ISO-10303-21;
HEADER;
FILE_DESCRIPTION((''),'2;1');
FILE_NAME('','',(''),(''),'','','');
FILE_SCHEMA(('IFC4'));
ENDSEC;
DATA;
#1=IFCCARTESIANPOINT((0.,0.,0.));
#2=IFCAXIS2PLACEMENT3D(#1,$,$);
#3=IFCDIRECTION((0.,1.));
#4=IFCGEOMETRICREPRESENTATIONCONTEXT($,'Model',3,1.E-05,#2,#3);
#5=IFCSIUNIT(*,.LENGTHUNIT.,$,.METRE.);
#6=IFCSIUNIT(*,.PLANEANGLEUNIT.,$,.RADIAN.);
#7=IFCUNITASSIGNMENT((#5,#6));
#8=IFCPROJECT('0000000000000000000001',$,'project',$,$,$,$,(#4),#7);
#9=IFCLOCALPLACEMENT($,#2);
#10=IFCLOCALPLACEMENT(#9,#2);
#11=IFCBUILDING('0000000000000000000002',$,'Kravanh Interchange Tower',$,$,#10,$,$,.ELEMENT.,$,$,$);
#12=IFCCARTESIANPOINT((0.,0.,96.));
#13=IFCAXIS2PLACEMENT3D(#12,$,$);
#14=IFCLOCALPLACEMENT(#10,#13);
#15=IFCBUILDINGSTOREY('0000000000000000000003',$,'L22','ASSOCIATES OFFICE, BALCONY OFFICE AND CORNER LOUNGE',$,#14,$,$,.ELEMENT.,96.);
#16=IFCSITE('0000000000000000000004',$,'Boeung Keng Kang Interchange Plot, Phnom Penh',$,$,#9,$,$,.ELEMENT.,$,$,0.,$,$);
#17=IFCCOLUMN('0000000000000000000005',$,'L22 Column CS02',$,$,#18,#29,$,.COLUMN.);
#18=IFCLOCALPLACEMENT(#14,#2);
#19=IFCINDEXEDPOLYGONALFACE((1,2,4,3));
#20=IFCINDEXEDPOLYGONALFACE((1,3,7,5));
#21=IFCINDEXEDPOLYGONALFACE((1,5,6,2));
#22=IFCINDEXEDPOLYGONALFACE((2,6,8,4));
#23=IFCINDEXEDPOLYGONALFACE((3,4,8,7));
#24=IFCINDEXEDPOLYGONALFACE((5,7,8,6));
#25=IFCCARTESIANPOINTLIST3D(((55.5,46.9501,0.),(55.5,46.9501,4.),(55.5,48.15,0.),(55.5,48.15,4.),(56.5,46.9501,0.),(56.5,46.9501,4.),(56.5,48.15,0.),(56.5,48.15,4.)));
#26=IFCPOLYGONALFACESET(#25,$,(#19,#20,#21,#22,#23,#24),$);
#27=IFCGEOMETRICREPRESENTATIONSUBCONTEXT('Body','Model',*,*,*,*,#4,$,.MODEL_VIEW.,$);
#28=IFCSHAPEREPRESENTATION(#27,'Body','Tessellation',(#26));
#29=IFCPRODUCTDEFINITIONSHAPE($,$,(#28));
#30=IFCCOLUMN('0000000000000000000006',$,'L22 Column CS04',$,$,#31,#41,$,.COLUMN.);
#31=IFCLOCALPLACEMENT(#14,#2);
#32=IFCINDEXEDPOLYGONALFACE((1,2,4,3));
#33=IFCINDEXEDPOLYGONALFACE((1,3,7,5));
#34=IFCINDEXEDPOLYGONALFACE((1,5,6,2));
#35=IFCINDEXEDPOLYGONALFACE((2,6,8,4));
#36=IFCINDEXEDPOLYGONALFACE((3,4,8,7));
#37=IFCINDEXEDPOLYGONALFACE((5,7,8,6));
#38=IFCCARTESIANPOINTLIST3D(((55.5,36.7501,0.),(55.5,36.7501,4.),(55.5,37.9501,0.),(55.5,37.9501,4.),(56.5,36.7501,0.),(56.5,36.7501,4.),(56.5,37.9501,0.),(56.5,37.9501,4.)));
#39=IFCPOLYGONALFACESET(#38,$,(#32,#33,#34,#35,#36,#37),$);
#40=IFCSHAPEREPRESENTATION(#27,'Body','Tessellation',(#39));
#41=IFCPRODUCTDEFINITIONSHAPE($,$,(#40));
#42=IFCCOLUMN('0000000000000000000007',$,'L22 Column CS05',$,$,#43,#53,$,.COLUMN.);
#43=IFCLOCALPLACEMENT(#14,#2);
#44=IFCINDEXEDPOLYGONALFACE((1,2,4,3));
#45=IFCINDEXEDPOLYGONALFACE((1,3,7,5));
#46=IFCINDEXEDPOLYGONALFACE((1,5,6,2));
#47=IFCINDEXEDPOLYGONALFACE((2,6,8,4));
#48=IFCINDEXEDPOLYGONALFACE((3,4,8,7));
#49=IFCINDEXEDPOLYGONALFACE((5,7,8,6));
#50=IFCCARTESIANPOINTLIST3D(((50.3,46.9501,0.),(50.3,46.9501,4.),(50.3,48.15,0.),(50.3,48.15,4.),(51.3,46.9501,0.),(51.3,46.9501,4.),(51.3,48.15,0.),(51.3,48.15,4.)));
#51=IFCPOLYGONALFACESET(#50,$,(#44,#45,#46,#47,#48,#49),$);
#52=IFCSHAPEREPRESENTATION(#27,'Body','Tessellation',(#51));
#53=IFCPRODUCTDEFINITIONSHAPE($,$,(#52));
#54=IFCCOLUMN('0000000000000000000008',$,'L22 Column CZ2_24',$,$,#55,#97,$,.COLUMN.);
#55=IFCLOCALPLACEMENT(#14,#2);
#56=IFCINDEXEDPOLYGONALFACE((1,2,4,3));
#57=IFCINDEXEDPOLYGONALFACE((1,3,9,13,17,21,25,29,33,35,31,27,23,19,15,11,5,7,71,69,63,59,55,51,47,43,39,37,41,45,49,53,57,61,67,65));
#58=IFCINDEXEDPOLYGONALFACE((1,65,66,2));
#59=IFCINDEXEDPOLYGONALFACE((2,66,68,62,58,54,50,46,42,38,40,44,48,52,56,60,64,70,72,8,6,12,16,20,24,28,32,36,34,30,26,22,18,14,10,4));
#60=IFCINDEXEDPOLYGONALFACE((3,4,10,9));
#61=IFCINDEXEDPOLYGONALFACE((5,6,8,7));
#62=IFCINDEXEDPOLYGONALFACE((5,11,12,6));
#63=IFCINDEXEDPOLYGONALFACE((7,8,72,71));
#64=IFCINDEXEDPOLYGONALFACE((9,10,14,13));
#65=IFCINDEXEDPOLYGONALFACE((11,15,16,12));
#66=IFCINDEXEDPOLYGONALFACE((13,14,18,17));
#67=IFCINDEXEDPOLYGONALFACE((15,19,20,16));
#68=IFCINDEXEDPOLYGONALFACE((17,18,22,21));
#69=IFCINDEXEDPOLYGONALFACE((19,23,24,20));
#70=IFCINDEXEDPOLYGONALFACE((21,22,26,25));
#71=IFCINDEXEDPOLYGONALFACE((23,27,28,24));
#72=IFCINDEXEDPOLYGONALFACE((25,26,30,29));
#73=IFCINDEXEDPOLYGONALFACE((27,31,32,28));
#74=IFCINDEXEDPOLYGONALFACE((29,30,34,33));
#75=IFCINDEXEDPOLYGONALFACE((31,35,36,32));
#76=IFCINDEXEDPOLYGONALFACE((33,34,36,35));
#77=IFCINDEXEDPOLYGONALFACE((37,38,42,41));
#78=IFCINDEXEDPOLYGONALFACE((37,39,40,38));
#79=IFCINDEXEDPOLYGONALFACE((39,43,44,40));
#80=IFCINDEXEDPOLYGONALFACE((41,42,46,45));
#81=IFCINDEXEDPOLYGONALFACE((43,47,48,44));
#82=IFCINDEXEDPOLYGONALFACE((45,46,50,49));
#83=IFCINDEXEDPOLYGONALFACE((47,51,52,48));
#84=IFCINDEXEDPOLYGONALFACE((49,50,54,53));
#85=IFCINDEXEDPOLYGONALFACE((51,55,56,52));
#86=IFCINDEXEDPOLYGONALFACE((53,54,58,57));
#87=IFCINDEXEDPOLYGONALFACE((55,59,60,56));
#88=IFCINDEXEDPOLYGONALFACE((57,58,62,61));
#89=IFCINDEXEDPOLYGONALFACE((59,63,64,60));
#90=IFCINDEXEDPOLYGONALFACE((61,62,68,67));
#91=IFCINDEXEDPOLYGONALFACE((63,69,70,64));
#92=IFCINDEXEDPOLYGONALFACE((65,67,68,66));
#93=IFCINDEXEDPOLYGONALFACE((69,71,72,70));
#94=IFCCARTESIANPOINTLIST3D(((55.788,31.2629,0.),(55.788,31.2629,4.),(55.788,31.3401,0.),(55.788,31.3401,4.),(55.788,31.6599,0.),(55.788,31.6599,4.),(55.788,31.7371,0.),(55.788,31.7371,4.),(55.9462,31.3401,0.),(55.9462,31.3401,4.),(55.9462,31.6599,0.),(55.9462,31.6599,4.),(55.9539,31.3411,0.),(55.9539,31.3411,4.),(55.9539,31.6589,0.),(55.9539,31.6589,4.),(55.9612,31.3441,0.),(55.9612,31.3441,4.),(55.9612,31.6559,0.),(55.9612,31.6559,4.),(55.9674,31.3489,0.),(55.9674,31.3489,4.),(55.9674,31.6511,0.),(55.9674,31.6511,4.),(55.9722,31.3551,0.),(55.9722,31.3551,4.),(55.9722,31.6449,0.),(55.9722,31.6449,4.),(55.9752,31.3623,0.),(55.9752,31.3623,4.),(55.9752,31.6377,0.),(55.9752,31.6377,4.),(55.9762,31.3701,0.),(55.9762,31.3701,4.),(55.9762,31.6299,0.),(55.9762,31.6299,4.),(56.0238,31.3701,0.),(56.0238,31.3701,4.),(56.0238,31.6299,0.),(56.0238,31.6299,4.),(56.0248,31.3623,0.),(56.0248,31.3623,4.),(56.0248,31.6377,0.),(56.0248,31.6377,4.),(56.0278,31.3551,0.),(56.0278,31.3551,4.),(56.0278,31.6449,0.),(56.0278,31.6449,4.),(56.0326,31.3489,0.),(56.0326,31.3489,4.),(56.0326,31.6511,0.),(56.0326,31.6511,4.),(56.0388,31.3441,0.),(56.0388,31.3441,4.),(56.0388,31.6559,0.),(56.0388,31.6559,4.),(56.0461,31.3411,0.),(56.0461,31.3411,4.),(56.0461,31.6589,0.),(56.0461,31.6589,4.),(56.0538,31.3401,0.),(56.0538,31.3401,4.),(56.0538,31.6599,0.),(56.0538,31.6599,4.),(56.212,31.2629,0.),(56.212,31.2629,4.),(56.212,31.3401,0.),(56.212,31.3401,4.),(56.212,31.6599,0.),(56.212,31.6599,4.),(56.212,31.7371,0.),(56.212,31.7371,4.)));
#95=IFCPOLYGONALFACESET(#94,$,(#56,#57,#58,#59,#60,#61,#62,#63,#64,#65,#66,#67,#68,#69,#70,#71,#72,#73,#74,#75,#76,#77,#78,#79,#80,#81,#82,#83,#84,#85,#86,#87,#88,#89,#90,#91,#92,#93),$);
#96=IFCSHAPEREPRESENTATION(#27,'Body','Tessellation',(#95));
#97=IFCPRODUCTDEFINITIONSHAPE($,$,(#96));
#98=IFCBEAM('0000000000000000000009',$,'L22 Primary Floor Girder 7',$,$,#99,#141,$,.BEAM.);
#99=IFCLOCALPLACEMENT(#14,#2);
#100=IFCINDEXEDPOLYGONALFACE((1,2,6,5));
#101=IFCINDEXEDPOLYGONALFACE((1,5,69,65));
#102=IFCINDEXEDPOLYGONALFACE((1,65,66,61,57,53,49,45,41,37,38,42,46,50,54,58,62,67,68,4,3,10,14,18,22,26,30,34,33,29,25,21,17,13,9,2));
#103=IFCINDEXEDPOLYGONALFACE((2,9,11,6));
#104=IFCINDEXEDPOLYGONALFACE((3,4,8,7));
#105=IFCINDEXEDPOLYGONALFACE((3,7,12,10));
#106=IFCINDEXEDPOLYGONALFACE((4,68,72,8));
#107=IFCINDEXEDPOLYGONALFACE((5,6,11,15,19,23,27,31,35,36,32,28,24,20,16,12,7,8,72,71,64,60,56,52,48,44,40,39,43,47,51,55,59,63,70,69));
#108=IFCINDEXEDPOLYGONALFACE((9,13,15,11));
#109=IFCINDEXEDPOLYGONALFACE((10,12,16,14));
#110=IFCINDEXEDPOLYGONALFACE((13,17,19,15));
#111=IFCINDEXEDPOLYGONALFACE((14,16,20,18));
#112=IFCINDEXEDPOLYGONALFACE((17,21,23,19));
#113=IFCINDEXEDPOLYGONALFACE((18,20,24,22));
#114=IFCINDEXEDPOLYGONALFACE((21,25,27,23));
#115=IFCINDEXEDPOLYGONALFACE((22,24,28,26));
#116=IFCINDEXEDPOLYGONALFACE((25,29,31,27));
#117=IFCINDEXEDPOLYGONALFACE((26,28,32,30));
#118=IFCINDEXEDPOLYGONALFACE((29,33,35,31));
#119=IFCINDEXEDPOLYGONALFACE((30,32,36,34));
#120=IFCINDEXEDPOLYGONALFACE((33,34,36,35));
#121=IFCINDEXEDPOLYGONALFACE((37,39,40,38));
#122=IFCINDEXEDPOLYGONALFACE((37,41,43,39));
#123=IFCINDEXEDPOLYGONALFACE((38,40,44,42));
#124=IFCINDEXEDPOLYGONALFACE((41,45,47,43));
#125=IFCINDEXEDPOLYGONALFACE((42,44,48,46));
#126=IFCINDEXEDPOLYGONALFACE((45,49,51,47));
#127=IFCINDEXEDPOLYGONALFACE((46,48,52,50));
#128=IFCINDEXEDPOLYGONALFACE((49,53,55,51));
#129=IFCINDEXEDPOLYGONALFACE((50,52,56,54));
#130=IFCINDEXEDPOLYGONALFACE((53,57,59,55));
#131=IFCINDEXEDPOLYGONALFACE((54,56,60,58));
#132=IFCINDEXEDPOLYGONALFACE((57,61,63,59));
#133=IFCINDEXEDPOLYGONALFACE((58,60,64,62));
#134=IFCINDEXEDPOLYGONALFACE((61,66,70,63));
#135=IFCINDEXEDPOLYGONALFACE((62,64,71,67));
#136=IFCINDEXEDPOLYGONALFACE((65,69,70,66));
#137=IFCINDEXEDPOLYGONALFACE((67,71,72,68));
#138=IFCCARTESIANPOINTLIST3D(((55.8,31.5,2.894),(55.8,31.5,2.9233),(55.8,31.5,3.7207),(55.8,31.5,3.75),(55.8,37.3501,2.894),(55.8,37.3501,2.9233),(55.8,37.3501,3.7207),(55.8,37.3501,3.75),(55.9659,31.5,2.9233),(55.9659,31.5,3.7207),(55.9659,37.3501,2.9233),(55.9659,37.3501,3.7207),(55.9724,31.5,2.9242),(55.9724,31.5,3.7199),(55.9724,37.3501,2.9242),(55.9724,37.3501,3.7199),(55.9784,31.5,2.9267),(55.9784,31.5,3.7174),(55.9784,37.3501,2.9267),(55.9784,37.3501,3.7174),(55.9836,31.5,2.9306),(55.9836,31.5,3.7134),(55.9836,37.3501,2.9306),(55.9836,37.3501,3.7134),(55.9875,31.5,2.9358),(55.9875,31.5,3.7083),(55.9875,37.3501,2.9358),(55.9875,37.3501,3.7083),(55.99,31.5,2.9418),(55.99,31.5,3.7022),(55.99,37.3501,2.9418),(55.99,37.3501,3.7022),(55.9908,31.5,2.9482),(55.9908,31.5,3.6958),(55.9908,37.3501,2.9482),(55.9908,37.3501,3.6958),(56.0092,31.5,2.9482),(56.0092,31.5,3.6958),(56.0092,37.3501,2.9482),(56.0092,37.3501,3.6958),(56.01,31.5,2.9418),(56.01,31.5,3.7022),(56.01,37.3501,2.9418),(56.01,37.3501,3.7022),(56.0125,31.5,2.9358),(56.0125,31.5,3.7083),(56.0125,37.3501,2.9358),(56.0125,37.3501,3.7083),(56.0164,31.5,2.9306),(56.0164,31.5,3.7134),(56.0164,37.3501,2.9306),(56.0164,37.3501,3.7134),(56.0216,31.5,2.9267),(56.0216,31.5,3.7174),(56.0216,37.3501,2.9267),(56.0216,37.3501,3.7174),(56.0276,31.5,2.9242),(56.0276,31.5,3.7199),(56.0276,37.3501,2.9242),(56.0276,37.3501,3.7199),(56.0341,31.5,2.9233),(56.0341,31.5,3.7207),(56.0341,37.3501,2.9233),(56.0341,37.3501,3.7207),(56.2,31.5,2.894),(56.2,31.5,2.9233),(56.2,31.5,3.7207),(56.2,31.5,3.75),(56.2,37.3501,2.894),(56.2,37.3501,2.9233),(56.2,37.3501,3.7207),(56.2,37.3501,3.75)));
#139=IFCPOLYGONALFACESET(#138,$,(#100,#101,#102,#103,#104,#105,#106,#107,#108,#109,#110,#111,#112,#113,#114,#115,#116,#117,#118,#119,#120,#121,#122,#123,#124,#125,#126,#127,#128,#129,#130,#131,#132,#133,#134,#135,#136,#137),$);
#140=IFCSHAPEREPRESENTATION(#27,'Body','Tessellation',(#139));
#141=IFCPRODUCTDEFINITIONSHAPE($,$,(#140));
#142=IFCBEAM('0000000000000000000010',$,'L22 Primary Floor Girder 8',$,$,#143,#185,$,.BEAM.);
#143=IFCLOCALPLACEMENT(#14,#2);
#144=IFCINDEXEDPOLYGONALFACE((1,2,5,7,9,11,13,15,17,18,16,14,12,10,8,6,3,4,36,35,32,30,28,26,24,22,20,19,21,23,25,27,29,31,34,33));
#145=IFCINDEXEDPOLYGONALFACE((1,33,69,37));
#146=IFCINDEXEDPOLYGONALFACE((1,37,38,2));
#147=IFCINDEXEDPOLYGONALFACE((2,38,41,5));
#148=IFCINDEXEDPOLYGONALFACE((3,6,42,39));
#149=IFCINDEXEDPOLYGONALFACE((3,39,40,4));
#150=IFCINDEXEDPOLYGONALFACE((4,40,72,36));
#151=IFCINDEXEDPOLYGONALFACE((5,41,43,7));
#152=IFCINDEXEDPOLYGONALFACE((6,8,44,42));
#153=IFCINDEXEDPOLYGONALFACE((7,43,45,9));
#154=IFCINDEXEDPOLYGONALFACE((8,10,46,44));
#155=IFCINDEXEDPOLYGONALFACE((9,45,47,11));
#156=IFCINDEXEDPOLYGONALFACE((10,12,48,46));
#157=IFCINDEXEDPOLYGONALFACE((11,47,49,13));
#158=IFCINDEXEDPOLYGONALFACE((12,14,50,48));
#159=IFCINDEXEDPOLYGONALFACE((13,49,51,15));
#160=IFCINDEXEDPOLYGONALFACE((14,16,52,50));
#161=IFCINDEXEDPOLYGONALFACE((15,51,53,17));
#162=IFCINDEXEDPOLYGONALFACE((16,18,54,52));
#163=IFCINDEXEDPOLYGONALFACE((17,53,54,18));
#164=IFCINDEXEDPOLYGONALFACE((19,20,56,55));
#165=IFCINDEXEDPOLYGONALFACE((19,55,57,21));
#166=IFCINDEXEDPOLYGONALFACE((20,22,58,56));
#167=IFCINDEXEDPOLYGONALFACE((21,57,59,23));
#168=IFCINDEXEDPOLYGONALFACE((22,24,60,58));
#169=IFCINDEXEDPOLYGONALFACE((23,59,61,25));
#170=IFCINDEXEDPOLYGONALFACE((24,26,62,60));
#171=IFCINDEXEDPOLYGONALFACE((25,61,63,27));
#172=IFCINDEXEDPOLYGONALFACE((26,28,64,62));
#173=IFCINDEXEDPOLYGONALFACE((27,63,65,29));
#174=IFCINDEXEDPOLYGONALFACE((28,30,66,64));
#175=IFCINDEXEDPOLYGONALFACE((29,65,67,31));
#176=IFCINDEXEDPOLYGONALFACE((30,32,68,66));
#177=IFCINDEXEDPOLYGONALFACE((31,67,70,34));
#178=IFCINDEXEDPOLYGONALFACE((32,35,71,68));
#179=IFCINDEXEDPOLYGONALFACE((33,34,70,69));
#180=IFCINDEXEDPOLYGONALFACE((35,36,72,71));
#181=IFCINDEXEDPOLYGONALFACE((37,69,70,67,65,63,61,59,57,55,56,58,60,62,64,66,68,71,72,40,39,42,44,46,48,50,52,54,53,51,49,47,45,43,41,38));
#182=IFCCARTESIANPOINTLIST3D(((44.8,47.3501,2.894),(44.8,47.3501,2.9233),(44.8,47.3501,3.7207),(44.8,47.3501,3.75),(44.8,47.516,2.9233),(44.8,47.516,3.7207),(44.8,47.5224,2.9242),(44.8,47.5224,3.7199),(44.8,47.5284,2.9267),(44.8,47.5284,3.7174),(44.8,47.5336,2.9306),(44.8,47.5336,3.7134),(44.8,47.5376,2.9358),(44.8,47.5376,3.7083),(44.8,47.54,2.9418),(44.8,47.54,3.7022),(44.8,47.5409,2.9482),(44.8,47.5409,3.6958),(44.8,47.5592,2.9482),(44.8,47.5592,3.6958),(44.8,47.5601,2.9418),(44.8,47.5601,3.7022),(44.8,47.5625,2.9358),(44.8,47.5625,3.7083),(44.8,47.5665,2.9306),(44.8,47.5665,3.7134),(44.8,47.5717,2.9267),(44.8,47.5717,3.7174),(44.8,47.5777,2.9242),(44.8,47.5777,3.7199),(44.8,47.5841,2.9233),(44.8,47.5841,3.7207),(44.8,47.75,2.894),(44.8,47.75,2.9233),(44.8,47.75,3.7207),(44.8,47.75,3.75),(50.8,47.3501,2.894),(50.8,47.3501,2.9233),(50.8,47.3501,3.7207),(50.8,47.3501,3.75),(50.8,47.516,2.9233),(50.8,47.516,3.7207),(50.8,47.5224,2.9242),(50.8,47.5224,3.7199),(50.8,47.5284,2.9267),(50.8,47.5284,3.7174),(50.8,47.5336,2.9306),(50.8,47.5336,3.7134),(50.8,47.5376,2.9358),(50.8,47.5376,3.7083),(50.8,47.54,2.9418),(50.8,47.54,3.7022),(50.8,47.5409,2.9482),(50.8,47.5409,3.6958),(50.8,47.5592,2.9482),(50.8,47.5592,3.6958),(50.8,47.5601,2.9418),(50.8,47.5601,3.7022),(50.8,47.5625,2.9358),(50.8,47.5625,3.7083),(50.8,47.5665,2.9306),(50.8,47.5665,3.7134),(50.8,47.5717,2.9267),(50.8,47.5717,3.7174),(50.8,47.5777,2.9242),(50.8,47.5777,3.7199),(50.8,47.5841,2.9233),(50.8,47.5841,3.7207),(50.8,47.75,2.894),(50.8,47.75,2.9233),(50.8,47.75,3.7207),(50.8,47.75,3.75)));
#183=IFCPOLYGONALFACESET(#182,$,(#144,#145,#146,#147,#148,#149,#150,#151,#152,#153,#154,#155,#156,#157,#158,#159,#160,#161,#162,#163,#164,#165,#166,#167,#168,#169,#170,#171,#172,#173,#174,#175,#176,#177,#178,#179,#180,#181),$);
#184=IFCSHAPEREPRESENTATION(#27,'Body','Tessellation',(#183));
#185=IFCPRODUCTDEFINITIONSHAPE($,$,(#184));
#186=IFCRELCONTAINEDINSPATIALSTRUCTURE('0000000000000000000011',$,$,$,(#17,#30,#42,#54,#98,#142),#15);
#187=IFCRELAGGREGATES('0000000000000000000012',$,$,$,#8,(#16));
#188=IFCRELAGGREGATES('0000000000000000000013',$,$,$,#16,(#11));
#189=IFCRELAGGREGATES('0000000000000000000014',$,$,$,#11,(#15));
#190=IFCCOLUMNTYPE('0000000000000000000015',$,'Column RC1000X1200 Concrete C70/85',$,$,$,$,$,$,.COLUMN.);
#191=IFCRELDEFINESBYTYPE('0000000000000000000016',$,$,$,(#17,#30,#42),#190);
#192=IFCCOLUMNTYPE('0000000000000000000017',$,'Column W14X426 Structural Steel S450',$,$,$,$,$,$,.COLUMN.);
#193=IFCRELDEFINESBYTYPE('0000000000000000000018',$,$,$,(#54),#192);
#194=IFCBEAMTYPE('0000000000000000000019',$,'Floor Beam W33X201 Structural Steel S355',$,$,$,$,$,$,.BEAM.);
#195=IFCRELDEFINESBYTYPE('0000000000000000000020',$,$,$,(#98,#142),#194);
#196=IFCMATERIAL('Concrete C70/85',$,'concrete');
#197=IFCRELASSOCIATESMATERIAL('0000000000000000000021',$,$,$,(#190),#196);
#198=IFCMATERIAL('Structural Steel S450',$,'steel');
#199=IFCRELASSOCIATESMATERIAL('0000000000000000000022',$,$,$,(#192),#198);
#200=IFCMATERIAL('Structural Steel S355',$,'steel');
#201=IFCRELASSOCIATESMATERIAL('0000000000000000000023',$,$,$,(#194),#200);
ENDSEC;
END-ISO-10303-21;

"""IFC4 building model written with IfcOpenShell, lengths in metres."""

from ifc_helpers import new_model, si_unit, direction, frame, origin, origin_2d, place, context, subcontext, project, spatial, rectangle, i_section, extrude, material, material_profile, profile_set, type_object, element, save


model = new_model("IFC4")

# Units and contexts
model_context = context("Model", 3, precision=1e-05, world=origin(), true_north=direction((0.0, 1.0)))
body_context = subcontext(model_context, "Body", "Model", "MODEL_VIEW")
ifc_project = project(units=[si_unit("LENGTHUNIT", "METRE"), si_unit("PLANEANGLEUNIT", "RADIAN")], contexts=[model_context])

# Site, building, storey
site_placement = place(None, origin())
site = spatial("IfcSite", under=ifc_project, at=site_placement, Name="Boeung Keng Kang Interchange Plot, Phnom Penh", CompositionType="ELEMENT", RefElevation=0.0)
building_placement = place(site_placement, origin())
building = spatial("IfcBuilding", under=site, at=building_placement, Name="Kravanh Interchange Tower", CompositionType="ELEMENT")
storey_placement = place(building_placement, frame((0.0, 0.0, 96.0)))
storey = spatial("IfcBuildingStorey", under=building, at=storey_placement, Name="L22", Description="ASSOCIATES OFFICE, BALCONY OFFICE AND CORNER LOUNGE", CompositionType="ELEMENT", Elevation=96.0)

# Columns
ifc_material_1 = material(Name="Concrete C70/85", Category="concrete")
ifc_material_profile_1 = material_profile(ifc_material_1, rectangle(XDim=1.0, YDim=1.2, at=origin_2d()), Name="RC1000X1200")
ifc_profile_set_1 = profile_set([ifc_material_profile_1], Name="Concrete C70/85")
column_type_1 = type_object("IfcColumnType", Name="Column RC1000X1200 Concrete C70/85", PredefinedType="COLUMN", material=ifc_profile_set_1)
for number, where, z_axis, x_axis, name in (
    (1, (56.0, 47.55, 0.0), (0.0, 0.0, 1.0), (1.0, 0.0, 0.0), "L22 Column CS02"),
    (2, (56.0, 37.3501, 0.0), (0.0, 0.0, 1.0), (1.0, 0.0, 0.0), "L22 Column CS04"),
    (3, (50.8, 47.55, 0.0), (0.0, 0.0, 1.0), (1.0, 0.0, 0.0), "L22 Column CS05"),
):
    element("IfcColumn", number, at=place(storey_placement, frame(where, z_axis=z_axis, x_axis=x_axis)), inside=storey, type_object=column_type_1, Name=name, PredefinedType="COLUMN", context=body_context, shape_type="SweptSolid", body=[
        extrude(rectangle(XDim=1.0, YDim=1.2, at=origin_2d()), origin(), (0.0, 0.0, 1.0), 4.0),
    ])
ifc_material_2 = material(Name="Structural Steel S450", Category="steel")
ifc_material_profile_2 = material_profile(ifc_material_2, i_section(OverallWidth=0.4241, OverallDepth=0.4741, WebThickness=0.0476, FlangeThickness=0.0771, FilletRadius=0.03, at=origin_2d()), Name="W14X426")
ifc_profile_set_2 = profile_set([ifc_material_profile_2], Name="Structural Steel S450")
column_type_2 = type_object("IfcColumnType", Name="Column W14X426 Structural Steel S450", PredefinedType="COLUMN", material=ifc_profile_set_2)
column_placement = place(storey_placement, frame((56.0, 31.5, 0.0), z_axis=(0.0, 0.0, 1.0), x_axis=(1.0, 0.0, 0.0)))
element("IfcColumn", 4, at=column_placement, inside=storey, type_object=column_type_2, Name="L22 Column CZ2_24", PredefinedType="COLUMN", context=body_context, shape_type="SweptSolid", body=[
    extrude(i_section(OverallWidth=0.4241, OverallDepth=0.4741, WebThickness=0.0476, FlangeThickness=0.0771, FilletRadius=0.03, at=origin_2d()), origin(), (0.0, 0.0, 1.0), 4.0),
])

# Beams
ifc_material_3 = material(Name="Structural Steel S355", Category="steel")
ifc_material_profile_3 = material_profile(ifc_material_3, i_section(OverallWidth=0.3999, OverallDepth=0.856, WebThickness=0.0183, FlangeThickness=0.0293, FilletRadius=0.0249, at=origin_2d()), Name="W33X201")
ifc_profile_set_3 = profile_set([ifc_material_profile_3], Name="Structural Steel S355")
beam_type_1 = type_object("IfcBeamType", Name="Floor Beam W33X201 Structural Steel S355", PredefinedType="BEAM", material=ifc_profile_set_3)
beam_1_placement = place(storey_placement, frame((56.0, 37.3501, 3.322), z_axis=(0.0, -1.0, 0.0), x_axis=(1.0, 0.0, 0.0)))
element("IfcBeam", 5, at=beam_1_placement, inside=storey, type_object=beam_type_1, Name="L22 Primary Floor Girder 7", PredefinedType="BEAM", context=body_context, shape_type="SweptSolid", body=[
    extrude(i_section(OverallWidth=0.3999, OverallDepth=0.856, WebThickness=0.0183, FlangeThickness=0.0293, FilletRadius=0.0249, at=origin_2d()), origin(), (0.0, 0.0, 1.0), 5.8501),
])
beam_2_placement = place(storey_placement, frame((50.8, 47.55, 3.322), z_axis=(-1.0, 0.0, 0.0), x_axis=(0.0, -1.0, 0.0)))
element("IfcBeam", 6, at=beam_2_placement, inside=storey, type_object=beam_type_1, Name="L22 Primary Floor Girder 8", PredefinedType="BEAM", context=body_context, shape_type="SweptSolid", body=[
    extrude(i_section(OverallWidth=0.3999, OverallDepth=0.856, WebThickness=0.0183, FlangeThickness=0.0293, FilletRadius=0.0249, at=origin_2d()), origin(), (0.0, 0.0, 1.0), 6.0),
])

save(model, "model.ifc")
